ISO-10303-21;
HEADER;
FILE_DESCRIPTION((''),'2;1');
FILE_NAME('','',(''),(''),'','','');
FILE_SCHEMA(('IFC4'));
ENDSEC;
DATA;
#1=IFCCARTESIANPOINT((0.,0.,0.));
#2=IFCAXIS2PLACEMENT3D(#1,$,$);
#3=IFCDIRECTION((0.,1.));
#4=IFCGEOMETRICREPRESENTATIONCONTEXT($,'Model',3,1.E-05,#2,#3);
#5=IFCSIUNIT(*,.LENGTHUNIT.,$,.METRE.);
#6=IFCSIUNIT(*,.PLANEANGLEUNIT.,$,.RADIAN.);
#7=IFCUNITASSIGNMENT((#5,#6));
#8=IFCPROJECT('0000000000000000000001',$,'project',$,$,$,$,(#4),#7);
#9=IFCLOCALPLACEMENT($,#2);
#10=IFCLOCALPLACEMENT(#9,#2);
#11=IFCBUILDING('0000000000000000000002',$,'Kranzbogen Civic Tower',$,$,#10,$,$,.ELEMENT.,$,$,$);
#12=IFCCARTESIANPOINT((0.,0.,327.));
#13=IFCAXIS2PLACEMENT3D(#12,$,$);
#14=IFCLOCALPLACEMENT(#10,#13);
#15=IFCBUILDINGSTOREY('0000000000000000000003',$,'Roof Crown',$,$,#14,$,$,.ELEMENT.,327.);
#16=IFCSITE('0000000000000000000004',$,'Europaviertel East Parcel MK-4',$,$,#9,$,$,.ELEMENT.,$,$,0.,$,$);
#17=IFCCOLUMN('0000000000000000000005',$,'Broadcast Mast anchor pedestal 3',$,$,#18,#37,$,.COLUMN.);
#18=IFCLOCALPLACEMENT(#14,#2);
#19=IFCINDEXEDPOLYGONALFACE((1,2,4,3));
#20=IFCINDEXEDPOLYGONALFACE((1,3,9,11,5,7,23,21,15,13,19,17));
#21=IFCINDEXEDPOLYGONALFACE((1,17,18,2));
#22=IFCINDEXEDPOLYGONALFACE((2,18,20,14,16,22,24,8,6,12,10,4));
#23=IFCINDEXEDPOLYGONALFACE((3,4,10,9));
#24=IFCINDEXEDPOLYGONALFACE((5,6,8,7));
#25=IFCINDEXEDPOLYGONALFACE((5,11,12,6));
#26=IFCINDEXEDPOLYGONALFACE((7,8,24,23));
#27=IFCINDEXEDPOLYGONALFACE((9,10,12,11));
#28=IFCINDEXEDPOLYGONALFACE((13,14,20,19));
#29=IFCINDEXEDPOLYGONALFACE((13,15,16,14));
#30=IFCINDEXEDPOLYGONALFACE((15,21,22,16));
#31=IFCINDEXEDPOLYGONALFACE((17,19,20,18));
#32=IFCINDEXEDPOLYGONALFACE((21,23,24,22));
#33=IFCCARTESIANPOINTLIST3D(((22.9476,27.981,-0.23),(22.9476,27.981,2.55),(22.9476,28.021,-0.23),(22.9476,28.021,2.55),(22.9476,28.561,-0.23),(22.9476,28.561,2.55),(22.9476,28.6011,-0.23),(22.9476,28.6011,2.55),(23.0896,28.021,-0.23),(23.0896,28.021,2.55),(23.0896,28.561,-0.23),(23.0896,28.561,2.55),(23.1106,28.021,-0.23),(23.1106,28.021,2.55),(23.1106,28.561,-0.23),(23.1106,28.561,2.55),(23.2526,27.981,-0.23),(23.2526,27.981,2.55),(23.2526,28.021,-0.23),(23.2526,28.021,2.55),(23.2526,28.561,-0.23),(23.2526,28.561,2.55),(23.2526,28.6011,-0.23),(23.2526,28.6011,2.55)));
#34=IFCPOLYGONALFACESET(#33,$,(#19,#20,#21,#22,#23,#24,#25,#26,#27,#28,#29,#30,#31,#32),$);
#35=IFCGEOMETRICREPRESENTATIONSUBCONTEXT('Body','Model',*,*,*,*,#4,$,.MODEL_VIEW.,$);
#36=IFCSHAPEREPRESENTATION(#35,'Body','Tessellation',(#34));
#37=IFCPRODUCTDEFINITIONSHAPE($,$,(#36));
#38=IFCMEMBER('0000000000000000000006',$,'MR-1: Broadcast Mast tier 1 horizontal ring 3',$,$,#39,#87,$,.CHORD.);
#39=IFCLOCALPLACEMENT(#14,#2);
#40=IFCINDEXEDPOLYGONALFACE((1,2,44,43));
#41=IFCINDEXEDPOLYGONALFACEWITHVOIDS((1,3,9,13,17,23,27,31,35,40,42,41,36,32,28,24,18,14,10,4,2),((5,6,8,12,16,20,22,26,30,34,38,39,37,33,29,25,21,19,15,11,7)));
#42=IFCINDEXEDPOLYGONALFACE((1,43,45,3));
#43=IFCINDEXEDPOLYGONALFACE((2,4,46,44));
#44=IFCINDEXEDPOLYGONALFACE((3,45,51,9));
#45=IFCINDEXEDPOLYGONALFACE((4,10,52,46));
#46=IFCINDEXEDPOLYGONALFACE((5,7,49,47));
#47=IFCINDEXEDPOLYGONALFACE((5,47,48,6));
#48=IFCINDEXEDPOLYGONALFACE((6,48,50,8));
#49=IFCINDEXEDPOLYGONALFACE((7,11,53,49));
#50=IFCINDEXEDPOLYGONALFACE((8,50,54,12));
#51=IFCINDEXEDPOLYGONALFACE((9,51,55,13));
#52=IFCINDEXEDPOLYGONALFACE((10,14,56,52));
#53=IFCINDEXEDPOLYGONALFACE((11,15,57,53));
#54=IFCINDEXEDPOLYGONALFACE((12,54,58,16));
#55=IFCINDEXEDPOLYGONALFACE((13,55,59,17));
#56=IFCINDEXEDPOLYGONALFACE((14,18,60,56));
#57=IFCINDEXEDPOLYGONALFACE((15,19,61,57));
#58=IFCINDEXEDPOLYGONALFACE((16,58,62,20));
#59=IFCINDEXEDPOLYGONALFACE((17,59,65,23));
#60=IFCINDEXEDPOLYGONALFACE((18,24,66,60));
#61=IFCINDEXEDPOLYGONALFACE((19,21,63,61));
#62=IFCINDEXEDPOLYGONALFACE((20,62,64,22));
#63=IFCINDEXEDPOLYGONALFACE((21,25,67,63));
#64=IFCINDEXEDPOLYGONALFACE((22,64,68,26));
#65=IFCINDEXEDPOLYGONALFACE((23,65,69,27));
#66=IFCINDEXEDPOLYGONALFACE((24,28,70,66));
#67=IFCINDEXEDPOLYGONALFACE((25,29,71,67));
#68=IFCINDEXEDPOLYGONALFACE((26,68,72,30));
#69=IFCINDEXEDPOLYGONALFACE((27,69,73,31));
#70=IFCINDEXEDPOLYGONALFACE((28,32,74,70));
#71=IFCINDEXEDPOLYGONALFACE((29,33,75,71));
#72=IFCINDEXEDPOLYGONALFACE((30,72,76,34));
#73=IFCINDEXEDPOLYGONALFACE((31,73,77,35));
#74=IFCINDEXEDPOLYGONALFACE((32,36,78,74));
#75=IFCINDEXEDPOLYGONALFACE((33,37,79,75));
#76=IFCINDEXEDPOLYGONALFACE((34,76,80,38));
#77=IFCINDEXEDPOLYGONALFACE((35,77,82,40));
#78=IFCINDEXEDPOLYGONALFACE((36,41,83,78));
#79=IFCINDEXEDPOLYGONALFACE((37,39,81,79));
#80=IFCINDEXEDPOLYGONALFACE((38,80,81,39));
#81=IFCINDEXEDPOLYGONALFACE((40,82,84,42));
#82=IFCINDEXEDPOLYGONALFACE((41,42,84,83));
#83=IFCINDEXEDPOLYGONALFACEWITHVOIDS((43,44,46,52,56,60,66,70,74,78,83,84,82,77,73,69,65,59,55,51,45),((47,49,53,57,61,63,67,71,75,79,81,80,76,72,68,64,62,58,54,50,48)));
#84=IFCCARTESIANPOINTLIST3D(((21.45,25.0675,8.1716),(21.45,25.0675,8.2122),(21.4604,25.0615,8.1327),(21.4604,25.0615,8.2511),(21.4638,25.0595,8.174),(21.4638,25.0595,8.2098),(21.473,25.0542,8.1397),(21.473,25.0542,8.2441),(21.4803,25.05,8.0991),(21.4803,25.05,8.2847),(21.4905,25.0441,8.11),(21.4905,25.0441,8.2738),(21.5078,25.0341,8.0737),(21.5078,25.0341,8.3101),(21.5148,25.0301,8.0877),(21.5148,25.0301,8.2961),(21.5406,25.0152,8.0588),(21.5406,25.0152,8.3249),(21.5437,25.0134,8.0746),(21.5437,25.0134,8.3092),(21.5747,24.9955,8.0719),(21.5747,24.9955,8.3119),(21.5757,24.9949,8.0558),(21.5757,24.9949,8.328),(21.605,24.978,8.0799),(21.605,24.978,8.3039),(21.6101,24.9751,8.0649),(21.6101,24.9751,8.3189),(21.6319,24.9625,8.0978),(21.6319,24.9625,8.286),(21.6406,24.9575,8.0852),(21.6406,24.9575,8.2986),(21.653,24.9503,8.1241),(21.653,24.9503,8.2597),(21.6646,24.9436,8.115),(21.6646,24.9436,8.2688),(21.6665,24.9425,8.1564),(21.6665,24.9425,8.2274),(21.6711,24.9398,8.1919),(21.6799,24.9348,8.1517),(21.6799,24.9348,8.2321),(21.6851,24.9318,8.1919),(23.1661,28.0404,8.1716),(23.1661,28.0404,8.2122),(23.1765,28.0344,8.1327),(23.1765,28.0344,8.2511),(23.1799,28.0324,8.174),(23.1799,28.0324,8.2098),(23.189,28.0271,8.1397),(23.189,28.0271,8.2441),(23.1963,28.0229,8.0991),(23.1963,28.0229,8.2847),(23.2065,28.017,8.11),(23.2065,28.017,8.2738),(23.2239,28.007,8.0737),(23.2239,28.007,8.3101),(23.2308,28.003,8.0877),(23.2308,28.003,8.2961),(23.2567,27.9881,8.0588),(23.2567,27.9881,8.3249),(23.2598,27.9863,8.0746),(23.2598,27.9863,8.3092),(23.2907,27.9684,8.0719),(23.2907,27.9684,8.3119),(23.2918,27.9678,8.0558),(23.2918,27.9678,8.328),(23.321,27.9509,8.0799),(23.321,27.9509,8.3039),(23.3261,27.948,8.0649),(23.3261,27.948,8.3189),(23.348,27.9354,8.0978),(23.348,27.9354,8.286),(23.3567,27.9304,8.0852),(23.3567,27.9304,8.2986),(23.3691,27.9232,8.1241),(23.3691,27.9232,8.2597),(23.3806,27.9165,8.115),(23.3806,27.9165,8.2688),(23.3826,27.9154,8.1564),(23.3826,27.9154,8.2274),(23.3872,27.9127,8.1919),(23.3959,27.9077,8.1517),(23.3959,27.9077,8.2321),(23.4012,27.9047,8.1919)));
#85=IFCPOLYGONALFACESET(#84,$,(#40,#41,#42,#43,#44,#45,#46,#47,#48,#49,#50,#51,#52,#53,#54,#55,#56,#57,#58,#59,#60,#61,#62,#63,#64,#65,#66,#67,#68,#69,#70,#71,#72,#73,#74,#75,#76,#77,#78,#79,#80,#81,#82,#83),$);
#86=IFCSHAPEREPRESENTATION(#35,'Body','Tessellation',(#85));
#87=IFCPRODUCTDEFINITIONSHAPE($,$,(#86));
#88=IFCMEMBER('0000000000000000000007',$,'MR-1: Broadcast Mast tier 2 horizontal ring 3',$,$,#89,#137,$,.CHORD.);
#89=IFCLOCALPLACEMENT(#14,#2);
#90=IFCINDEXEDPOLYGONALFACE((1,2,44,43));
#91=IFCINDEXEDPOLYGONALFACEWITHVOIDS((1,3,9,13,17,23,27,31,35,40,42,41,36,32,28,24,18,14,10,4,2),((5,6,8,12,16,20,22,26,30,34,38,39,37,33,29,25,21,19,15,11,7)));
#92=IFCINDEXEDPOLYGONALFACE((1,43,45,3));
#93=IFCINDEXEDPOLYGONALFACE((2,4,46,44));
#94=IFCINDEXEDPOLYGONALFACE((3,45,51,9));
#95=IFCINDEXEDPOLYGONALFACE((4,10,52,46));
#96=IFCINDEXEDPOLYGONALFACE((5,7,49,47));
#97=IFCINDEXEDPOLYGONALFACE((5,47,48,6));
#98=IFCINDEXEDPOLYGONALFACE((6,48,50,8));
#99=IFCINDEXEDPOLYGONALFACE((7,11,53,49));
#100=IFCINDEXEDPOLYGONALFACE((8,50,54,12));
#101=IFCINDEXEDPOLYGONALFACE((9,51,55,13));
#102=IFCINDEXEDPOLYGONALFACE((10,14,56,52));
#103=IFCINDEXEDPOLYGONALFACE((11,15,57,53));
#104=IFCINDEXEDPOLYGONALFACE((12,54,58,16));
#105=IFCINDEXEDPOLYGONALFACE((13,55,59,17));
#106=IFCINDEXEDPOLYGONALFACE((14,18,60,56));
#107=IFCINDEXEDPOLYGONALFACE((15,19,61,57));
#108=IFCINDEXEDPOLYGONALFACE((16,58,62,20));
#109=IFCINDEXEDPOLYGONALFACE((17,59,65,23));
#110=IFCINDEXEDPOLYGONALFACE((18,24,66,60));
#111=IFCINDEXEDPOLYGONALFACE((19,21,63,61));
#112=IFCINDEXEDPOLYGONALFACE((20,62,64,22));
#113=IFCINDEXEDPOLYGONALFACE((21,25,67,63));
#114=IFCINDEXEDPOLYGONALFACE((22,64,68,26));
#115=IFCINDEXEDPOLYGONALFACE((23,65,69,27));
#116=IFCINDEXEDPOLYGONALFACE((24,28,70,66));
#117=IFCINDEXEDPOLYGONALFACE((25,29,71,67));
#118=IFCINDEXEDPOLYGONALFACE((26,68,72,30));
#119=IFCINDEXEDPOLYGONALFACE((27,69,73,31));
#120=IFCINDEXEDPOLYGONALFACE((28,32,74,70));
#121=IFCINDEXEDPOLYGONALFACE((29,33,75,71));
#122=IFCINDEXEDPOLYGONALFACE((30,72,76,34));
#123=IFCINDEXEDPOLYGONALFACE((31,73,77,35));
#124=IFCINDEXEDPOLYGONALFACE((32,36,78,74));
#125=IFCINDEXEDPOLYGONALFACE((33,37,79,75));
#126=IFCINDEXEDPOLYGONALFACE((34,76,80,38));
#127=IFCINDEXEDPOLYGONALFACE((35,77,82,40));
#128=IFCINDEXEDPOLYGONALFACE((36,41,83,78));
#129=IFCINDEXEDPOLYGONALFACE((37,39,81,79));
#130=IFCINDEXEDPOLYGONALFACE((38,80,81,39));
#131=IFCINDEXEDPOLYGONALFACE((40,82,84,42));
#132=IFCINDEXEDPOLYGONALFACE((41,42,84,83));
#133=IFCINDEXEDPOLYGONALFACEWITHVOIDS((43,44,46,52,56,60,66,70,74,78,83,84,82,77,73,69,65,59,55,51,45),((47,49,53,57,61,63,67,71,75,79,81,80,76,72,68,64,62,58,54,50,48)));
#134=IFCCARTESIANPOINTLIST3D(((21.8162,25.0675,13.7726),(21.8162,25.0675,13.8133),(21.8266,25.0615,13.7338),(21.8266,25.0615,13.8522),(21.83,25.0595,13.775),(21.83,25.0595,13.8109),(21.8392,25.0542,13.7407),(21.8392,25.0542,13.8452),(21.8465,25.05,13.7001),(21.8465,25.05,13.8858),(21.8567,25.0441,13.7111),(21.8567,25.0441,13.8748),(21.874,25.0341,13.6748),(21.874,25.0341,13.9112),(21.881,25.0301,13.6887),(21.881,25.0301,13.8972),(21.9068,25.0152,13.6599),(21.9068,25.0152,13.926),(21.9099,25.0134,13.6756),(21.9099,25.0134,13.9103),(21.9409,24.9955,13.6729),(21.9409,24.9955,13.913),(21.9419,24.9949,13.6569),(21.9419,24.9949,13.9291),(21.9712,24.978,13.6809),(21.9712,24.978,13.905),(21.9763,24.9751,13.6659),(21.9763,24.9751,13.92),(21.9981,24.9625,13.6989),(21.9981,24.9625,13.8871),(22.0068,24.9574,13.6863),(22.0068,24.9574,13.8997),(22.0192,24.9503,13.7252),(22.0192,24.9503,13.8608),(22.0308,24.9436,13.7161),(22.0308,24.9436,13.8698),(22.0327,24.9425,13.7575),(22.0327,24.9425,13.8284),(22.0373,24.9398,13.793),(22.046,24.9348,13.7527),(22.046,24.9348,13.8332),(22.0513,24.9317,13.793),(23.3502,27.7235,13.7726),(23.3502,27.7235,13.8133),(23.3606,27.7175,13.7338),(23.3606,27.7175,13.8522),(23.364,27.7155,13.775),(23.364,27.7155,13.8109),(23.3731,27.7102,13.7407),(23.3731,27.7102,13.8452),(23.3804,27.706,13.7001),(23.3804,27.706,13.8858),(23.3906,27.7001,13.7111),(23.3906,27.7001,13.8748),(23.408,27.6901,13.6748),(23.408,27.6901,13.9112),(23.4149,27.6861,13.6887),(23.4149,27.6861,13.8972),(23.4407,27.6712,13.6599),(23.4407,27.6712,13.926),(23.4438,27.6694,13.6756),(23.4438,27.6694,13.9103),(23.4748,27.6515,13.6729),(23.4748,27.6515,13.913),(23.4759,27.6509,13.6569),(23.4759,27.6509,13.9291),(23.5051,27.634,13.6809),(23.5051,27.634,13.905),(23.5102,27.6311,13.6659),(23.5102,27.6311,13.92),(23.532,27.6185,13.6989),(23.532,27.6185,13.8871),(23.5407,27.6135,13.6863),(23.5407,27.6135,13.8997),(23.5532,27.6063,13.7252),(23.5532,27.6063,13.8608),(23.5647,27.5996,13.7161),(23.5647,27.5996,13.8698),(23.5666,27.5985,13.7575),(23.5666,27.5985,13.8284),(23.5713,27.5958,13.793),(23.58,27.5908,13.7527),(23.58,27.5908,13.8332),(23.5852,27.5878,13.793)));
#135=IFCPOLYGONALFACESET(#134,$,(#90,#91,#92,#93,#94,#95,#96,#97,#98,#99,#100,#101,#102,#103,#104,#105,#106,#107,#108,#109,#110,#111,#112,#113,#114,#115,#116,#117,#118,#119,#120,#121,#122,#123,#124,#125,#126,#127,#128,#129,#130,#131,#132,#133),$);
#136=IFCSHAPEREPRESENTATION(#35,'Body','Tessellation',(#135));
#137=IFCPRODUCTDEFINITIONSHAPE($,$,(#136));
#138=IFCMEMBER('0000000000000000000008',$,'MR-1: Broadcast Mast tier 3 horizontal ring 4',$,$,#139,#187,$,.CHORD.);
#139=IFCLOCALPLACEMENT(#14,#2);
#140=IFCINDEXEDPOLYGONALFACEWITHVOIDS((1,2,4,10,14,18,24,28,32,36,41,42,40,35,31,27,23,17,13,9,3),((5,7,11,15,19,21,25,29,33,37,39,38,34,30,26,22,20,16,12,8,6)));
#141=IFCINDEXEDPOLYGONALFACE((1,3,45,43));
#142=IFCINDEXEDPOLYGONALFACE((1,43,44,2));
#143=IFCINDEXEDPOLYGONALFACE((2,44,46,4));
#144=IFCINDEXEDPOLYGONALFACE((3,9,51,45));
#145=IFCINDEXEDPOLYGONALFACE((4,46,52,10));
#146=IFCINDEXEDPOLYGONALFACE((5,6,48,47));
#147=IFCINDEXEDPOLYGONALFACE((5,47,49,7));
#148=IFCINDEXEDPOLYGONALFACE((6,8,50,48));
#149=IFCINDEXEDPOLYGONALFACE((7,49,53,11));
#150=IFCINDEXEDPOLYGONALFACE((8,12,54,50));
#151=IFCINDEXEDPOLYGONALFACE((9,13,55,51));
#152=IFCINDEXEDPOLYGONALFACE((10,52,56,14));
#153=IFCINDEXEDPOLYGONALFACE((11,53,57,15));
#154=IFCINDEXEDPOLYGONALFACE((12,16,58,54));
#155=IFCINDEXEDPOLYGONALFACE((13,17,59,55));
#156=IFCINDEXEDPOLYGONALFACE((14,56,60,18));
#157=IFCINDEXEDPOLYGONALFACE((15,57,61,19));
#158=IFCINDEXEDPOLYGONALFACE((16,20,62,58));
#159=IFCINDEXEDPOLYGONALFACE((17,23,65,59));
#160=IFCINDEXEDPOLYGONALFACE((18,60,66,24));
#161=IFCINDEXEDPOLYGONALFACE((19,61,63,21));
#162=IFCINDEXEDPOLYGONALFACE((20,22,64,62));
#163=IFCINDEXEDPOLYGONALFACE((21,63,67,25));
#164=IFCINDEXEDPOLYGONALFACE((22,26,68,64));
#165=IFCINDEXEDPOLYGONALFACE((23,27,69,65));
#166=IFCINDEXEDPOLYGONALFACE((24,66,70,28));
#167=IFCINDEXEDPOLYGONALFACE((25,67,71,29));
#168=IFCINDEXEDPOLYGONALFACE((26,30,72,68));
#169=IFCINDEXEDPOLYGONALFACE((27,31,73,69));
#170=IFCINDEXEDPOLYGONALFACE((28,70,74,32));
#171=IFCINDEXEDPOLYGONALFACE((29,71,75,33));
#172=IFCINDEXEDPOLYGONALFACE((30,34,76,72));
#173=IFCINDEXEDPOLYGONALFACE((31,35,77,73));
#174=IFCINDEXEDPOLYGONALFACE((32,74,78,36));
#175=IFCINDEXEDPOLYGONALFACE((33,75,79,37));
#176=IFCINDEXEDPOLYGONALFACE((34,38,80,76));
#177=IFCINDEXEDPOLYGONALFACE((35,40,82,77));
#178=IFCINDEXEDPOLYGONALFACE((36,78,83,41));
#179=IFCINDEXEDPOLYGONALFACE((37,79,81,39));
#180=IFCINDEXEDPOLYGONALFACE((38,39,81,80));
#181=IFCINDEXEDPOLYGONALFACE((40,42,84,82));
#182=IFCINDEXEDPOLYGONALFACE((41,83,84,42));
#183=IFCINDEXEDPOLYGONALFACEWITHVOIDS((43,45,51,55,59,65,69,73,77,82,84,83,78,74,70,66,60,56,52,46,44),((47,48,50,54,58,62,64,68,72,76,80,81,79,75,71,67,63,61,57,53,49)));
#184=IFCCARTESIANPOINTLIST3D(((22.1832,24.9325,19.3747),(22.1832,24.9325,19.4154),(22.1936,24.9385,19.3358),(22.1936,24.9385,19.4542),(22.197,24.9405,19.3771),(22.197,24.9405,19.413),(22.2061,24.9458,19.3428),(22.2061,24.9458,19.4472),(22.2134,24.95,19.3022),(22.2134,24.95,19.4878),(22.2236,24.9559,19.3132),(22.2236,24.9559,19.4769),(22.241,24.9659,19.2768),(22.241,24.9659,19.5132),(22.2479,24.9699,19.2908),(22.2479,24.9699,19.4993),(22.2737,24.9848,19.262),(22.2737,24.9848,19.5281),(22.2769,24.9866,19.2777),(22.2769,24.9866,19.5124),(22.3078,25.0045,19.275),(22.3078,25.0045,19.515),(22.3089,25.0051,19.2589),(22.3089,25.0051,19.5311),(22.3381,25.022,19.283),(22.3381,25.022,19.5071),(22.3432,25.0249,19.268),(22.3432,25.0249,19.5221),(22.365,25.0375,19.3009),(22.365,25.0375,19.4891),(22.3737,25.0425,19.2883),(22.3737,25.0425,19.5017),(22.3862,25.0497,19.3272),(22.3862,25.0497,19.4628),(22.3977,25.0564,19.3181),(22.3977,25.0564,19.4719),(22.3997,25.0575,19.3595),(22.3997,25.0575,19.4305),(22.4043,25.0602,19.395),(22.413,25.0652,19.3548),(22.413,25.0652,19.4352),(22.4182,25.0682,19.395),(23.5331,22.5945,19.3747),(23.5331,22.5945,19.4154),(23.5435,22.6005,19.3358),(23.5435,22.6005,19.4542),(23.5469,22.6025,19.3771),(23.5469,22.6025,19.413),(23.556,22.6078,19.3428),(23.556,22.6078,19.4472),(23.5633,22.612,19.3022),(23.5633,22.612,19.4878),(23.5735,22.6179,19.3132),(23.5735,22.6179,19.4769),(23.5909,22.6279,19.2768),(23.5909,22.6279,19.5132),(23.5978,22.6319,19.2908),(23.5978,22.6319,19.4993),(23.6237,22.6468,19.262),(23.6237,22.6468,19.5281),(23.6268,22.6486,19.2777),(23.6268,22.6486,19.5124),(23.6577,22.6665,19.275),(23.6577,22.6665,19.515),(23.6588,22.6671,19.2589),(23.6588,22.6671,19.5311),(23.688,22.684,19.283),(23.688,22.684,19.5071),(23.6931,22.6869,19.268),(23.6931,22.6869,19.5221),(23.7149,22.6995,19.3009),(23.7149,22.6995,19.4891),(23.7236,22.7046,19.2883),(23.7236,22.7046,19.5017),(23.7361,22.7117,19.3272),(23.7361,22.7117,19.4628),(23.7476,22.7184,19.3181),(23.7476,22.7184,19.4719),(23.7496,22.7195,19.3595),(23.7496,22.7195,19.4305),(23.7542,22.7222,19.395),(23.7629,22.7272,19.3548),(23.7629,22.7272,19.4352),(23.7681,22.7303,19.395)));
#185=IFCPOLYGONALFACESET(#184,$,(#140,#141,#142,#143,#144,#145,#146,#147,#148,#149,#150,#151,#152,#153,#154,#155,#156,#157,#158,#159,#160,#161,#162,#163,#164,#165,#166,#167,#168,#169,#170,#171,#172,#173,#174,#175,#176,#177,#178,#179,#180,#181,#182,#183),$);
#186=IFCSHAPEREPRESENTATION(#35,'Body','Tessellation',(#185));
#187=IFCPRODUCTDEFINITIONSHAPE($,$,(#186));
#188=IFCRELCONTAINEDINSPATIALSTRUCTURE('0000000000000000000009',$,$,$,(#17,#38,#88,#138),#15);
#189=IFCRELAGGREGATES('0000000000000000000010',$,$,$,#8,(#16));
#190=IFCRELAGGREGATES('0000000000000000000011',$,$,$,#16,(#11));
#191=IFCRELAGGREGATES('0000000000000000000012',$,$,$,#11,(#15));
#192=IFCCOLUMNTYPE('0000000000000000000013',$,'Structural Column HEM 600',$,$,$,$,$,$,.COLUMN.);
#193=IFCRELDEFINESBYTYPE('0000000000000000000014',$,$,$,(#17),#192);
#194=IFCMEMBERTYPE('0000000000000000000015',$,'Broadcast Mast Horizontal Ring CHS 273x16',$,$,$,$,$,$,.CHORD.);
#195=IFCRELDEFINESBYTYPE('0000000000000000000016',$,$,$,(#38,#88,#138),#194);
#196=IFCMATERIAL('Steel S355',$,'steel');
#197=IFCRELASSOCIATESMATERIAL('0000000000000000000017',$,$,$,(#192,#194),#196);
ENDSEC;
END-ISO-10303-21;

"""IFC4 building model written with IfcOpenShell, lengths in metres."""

from ifc_helpers import new_model, si_unit, direction, frame, origin, origin_2d, place, context, subcontext, project, spatial, hollow_circle, i_section, extrude, material, material_profile, profile_set, type_object, element, save


model = new_model("IFC4")

# Units and contexts
model_context = context("Model", 3, precision=1e-05, world=origin(), true_north=direction((0.0, 1.0)))
body_context = subcontext(model_context, "Body", "Model", "MODEL_VIEW")
ifc_project = project(units=[si_unit("LENGTHUNIT", "METRE"), si_unit("PLANEANGLEUNIT", "RADIAN")], contexts=[model_context])

# Site, building, storey
site_placement = place(None, origin())
site = spatial("IfcSite", under=ifc_project, at=site_placement, Name="Europaviertel East Parcel MK-4", CompositionType="ELEMENT", RefElevation=0.0)
building_placement = place(site_placement, origin())
building = spatial("IfcBuilding", under=site, at=building_placement, Name="Kranzbogen Civic Tower", CompositionType="ELEMENT")
storey_placement = place(building_placement, frame((0.0, 0.0, 327.0)))
storey = spatial("IfcBuildingStorey", under=building, at=storey_placement, Name="Roof Crown", CompositionType="ELEMENT", Elevation=327.0)

# Column
ifc_material_1 = material(Name="Steel S355", Category="steel")
ifc_material_profile_1 = material_profile(ifc_material_1, i_section(OverallWidth=0.3049, OverallDepth=0.6201, WebThickness=0.021, FlangeThickness=0.04, at=origin_2d()), Name="HEM 600")
ifc_profile_set_1 = profile_set([ifc_material_profile_1], Name="Steel S355")
column_type = type_object("IfcColumnType", Name="Structural Column HEM 600", PredefinedType="COLUMN", material=ifc_profile_set_1)
column_placement = place(storey_placement, frame((23.1001, 28.291, -0.23), z_axis=(0.0, 0.0, 1.0), x_axis=(1.0, 0.0, 0.0)))
element("IfcColumn", 1, at=column_placement, inside=storey, type_object=column_type, Name="Broadcast Mast anchor pedestal 3", PredefinedType="COLUMN", context=body_context, shape_type="SweptSolid", body=[
    extrude(i_section(OverallWidth=0.3049, OverallDepth=0.6201, WebThickness=0.021, FlangeThickness=0.04, at=origin_2d()), origin(), (0.0, 0.0, 1.0), 2.78),
])

# Members
ifc_material_profile_2 = material_profile(ifc_material_1, hollow_circle(Radius=0.1365, WallThickness=0.0161, at=origin_2d()), Name="CHS 273x16")
ifc_profile_set_2 = profile_set([ifc_material_profile_2], Name="Steel S355")
member_type_1 = type_object("IfcMemberType", Name="Broadcast Mast Horizontal Ring CHS 273x16", PredefinedType="CHORD", material=ifc_profile_set_2)
member_1_placement = place(storey_placement, frame((23.283, 27.9729, 8.1919), z_axis=(-0.499926, -0.866068, 0.0), x_axis=(0.866068, -0.499926, 0.0)))
element("IfcMember", 2, at=member_1_placement, inside=storey, type_object=member_type_1, Name="MR-1: Broadcast Mast tier 1 horizontal ring 3", PredefinedType="CHORD", context=body_context, shape_type="SweptSolid", body=[
    extrude(hollow_circle(Radius=0.1365, WallThickness=0.0161, at=origin_2d()), origin(), (0.0, 0.0, 1.0), 3.4326),
])
member_2_placement = place(storey_placement, frame((23.467, 27.656, 13.793), z_axis=(-0.50012, -0.865956, 0.0), x_axis=(0.865956, -0.50012, 0.0)))
element("IfcMember", 3, at=member_2_placement, inside=storey, type_object=member_type_1, Name="MR-1: Broadcast Mast tier 2 horizontal ring 3", PredefinedType="CHORD", context=body_context, shape_type="SweptSolid", body=[
    extrude(hollow_circle(Radius=0.1365, WallThickness=0.0161, at=origin_2d()), origin(), (0.0, 0.0, 1.0), 3.0671),
])
member_3_placement = place(storey_placement, frame((22.3, 25.0, 19.395), z_axis=(0.50002, -0.866014, 0.0), x_axis=(0.866014, 0.50002, 0.0)))
element("IfcMember", 4, at=member_3_placement, inside=storey, type_object=member_type_1, Name="MR-1: Broadcast Mast tier 3 horizontal ring 4", PredefinedType="CHORD", context=body_context, shape_type="SweptSolid", body=[
    extrude(hollow_circle(Radius=0.1365, WallThickness=0.0161, at=origin_2d()), origin(), (0.0, 0.0, 1.0), 2.6997),
])

save(model, "model.ifc")
